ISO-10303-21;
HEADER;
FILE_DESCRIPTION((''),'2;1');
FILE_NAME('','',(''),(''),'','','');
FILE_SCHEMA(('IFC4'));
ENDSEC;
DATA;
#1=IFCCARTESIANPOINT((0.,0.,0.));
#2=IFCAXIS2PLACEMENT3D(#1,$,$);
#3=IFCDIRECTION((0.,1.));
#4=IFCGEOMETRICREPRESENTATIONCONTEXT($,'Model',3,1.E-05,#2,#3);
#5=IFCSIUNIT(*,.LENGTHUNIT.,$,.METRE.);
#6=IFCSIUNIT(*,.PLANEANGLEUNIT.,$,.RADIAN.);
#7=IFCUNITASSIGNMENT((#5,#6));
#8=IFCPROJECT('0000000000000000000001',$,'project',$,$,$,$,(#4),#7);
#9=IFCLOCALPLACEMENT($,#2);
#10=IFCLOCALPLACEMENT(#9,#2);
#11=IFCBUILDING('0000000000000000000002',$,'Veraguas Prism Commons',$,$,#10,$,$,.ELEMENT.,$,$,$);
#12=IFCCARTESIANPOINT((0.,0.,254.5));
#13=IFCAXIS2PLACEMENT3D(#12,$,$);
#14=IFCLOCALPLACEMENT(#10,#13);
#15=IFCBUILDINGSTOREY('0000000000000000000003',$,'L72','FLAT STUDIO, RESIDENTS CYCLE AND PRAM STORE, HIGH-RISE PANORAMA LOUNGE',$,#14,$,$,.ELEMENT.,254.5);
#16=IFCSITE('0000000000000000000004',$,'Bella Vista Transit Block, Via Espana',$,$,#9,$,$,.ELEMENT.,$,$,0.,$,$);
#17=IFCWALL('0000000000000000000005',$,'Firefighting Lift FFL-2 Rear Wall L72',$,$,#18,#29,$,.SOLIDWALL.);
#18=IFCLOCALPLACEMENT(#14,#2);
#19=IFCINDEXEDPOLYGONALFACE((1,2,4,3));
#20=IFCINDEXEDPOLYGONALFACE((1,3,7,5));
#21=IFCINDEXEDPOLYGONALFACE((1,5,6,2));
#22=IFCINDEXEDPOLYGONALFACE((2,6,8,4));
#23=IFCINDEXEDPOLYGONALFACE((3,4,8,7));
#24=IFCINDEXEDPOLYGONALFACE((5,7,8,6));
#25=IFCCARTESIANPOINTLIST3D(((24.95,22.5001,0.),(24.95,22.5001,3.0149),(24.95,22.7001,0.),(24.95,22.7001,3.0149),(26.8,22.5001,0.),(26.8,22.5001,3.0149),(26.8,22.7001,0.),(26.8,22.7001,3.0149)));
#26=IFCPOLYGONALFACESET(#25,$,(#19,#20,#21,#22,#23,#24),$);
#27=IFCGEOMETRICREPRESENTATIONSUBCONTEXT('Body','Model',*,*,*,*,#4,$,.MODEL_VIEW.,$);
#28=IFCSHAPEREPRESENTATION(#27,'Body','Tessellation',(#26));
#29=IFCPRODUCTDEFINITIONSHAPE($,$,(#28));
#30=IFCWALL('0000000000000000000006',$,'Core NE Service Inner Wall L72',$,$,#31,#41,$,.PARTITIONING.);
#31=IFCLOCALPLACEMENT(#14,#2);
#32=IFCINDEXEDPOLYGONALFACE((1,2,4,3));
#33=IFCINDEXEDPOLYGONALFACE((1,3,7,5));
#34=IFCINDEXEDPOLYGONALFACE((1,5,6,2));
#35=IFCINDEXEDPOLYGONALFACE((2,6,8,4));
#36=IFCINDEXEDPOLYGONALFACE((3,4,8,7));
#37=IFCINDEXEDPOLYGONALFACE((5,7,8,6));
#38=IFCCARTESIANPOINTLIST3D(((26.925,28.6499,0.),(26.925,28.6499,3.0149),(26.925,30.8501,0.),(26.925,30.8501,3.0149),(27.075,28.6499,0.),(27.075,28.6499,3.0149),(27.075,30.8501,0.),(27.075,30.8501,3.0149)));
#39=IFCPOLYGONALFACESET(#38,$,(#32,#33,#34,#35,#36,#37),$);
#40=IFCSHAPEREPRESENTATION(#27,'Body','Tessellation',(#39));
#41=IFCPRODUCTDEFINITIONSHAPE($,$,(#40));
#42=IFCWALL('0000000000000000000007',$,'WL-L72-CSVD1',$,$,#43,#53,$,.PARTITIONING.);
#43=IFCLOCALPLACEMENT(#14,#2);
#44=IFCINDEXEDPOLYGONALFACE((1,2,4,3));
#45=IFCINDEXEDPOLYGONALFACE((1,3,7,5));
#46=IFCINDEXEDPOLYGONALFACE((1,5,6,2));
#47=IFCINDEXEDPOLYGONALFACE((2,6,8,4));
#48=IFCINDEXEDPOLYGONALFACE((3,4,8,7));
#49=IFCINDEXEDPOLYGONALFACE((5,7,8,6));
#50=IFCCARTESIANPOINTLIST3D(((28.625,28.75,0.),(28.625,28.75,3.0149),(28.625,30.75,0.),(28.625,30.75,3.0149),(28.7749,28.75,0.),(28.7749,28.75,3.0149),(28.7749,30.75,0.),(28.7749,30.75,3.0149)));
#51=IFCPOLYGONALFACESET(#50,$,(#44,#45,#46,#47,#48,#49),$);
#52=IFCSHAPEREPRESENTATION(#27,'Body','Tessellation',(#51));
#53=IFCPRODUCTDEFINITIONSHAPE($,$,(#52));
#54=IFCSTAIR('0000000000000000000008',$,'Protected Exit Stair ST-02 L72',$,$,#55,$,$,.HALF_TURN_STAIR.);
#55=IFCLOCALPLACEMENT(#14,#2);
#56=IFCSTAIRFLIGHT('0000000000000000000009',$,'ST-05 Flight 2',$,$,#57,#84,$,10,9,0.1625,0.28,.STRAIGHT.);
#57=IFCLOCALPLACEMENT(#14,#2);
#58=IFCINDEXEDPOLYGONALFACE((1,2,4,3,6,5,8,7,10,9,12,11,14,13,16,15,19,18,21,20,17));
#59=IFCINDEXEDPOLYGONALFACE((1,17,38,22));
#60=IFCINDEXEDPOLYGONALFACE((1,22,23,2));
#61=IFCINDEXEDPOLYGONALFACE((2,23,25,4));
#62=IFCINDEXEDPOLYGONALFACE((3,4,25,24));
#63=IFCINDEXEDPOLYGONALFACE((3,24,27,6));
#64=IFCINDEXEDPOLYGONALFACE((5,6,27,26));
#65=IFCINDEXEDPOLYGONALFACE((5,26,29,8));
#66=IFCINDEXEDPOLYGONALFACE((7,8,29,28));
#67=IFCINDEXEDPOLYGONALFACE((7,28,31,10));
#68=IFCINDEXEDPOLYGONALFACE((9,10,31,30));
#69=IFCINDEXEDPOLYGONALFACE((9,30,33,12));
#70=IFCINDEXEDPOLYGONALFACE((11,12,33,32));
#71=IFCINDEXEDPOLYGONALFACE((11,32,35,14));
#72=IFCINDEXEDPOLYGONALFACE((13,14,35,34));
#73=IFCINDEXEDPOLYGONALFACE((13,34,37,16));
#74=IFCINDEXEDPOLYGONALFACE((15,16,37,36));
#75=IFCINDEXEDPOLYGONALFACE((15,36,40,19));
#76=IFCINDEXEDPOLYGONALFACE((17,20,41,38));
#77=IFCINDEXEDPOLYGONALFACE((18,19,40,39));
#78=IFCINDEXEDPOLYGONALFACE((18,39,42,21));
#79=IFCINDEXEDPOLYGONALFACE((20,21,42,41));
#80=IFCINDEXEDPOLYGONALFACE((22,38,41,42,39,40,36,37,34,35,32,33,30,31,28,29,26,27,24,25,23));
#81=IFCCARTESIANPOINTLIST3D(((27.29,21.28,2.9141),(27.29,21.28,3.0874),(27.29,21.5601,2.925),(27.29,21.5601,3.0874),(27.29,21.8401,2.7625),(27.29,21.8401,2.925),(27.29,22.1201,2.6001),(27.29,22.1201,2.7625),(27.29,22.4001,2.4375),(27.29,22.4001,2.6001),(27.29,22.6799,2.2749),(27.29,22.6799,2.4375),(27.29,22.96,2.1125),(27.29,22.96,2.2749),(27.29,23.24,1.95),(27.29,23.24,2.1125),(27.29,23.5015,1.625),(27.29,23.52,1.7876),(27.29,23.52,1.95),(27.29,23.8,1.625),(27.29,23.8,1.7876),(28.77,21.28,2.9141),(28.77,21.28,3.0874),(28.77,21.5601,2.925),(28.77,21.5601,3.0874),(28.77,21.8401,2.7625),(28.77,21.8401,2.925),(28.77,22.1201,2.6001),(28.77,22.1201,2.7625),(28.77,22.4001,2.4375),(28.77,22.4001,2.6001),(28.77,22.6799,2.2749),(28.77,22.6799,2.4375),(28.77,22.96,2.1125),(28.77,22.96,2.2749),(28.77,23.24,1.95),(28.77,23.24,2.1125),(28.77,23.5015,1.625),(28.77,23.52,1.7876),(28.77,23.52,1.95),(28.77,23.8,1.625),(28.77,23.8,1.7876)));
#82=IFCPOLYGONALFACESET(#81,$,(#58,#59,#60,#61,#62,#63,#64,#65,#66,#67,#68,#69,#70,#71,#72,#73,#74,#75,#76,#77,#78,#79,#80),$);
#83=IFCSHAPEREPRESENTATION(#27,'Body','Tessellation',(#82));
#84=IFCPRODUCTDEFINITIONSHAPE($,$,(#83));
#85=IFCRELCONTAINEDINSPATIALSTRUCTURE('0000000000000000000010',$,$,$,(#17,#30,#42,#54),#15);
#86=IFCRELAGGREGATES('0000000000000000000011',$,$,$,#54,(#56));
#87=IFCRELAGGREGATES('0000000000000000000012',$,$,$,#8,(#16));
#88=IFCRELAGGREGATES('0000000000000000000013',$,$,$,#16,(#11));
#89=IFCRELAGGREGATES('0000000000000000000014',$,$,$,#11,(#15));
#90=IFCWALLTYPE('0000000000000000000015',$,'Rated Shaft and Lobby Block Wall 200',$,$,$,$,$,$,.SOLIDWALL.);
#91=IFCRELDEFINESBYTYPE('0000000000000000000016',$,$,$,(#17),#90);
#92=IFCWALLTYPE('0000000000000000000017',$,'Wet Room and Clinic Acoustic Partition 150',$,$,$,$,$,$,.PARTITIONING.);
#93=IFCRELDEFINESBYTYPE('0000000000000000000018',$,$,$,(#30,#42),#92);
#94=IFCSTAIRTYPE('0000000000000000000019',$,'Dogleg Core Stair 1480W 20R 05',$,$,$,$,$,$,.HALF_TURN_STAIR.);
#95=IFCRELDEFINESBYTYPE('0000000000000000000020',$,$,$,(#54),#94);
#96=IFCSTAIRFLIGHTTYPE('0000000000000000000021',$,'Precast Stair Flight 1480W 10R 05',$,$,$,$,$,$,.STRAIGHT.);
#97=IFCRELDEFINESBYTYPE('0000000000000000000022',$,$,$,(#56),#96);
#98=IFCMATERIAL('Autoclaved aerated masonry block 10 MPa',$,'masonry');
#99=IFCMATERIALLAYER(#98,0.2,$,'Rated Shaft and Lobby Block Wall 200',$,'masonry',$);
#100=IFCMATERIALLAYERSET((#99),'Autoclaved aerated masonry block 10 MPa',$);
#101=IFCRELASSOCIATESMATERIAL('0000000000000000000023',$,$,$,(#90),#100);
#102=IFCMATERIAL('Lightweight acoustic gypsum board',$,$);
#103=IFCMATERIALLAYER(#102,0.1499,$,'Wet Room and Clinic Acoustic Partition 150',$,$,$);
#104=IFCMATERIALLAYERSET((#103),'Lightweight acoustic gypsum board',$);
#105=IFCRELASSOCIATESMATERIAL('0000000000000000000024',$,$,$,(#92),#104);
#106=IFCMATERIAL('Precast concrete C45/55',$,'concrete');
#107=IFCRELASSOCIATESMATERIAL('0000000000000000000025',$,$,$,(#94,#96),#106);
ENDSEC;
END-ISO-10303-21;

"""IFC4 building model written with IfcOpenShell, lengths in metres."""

from ifc_helpers import new_model, si_unit, direction, frame, frame_2d, origin, place, context, subcontext, project, spatial, polyline, rectangle, outline, extrude, material, layer, layer_set, type_object, element, aggregate, save


model = new_model("IFC4")

# Units and contexts
model_context = context("Model", 3, precision=1e-05, world=origin(), true_north=direction((0.0, 1.0)))
body_context = subcontext(model_context, "Body", "Model", "MODEL_VIEW")
ifc_project = project(units=[si_unit("LENGTHUNIT", "METRE"), si_unit("PLANEANGLEUNIT", "RADIAN")], contexts=[model_context])

# Site, building, storey
site_placement = place(None, origin())
site = spatial("IfcSite", under=ifc_project, at=site_placement, Name="Bella Vista Transit Block, Via Espana", CompositionType="ELEMENT", RefElevation=0.0)
building_placement = place(site_placement, origin())
building = spatial("IfcBuilding", under=site, at=building_placement, Name="Veraguas Prism Commons", CompositionType="ELEMENT")
storey_placement = place(building_placement, frame((0.0, 0.0, 254.5)))
storey = spatial("IfcBuildingStorey", under=building, at=storey_placement, Name="L72", Description="FLAT STUDIO, RESIDENTS CYCLE AND PRAM STORE, HIGH-RISE PANORAMA LOUNGE", CompositionType="ELEMENT", Elevation=254.5)

# Shared definitions
ifc_material_1 = material(Name="Autoclaved aerated masonry block 10 MPa", Category="masonry")

# Walls
ifc_material_2 = material(Name="Lightweight acoustic gypsum board")
ifc_layer_1 = layer(ifc_material_1, 0.2, Name="Rated Shaft and Lobby Block Wall 200", Category="masonry")
ifc_layer_set_1 = layer_set([ifc_layer_1], Name="Autoclaved aerated masonry block 10 MPa")
wall_type_1 = type_object("IfcWallType", Name="Rated Shaft and Lobby Block Wall 200", PredefinedType="SOLIDWALL", material=ifc_layer_set_1)
wall_1_placement = place(storey_placement, frame((24.95, 22.6001, 0.0), z_axis=(0.0, 0.0, 1.0), x_axis=(1.0, 0.0, 0.0)))
element("IfcWall", 1, at=wall_1_placement, inside=storey, type_object=wall_type_1, Name="Firefighting Lift FFL-2 Rear Wall L72", PredefinedType="SOLIDWALL", context=body_context, shape_type="SweptSolid", body=[
    extrude(rectangle(XDim=1.8501, YDim=0.2, at=frame_2d((0.925, 0.0))), origin(), (0.0, 0.0, 1.0), 3.0149),
])
ifc_layer_2 = layer(ifc_material_2, 0.1499, Name="Wet Room and Clinic Acoustic Partition 150")
ifc_layer_set_2 = layer_set([ifc_layer_2], Name="Lightweight acoustic gypsum board")
wall_type_2 = type_object("IfcWallType", Name="Wet Room and Clinic Acoustic Partition 150", PredefinedType="PARTITIONING", material=ifc_layer_set_2)
wall_2_placement = place(storey_placement, frame((27.0, 28.6499, 0.0), z_axis=(0.0, 0.0, 1.0), x_axis=(0.0, 1.0, 0.0)))
element("IfcWall", 2, at=wall_2_placement, inside=storey, type_object=wall_type_2, Name="Core NE Service Inner Wall L72", PredefinedType="PARTITIONING", context=body_context, shape_type="SweptSolid", body=[
    extrude(rectangle(XDim=2.2002, YDim=0.1499, at=frame_2d((1.1001, 0.0))), origin(), (0.0, 0.0, 1.0), 3.0149),
])
wall_3_placement = place(storey_placement, frame((28.7, 28.75, 0.0), z_axis=(0.0, 0.0, 1.0), x_axis=(0.0, 1.0, 0.0)))
element("IfcWall", 3, at=wall_3_placement, inside=storey, type_object=wall_type_2, Name="WL-L72-CSVD1", PredefinedType="PARTITIONING", context=body_context, shape_type="SweptSolid", body=[
    extrude(rectangle(XDim=2.0, YDim=0.1499, at=frame_2d((1.0, 0.0))), origin(), (0.0, 0.0, 1.0), 3.0149),
])

# Stair, stair flight
ifc_material_3 = material(Name="Precast concrete C45/55", Category="concrete")
stair_type = type_object("IfcStairType", Name="Dogleg Core Stair 1480W 20R 05", PredefinedType="HALF_TURN_STAIR", material=ifc_material_3)
stair_placement = place(storey_placement, origin())
stair = element("IfcStair", 4, at=stair_placement, inside=storey, type_object=stair_type, Name="Protected Exit Stair ST-02 L72", PredefinedType="HALF_TURN_STAIR")
stair_flight_type = type_object("IfcStairFlightType", Name="Precast Stair Flight 1480W 10R 05", PredefinedType="STRAIGHT", material=ifc_material_3)
stair_flight_placement = place(storey_placement, frame((28.03, 23.8, 1.625), z_axis=(0.0, 0.0, 1.0), x_axis=(0.0, -1.0, 0.0)))
stair_flight = element("IfcStairFlight", 5, at=stair_flight_placement, type_object=stair_flight_type, Name="ST-05 Flight 2", NumberOfRisers=10, NumberOfTreads=9, PredefinedType="STRAIGHT", RiserHeight=0.1625, TreadLength=0.28, context=body_context, shape_type="SweptSolid", body=[
    extrude(outline(polyline([(0.0, 0.0), (0.0, 0.1626), (0.28, 0.1626), (0.28, 0.325), (0.5601, 0.325), (0.5601, 0.4875), (0.8401, 0.4875), (0.8401, 0.6499), (1.1201, 0.6499), (1.1201, 0.8125), (1.3999, 0.8125), (1.3999, 0.9751), (1.6799, 0.9751), (1.6799, 1.1375), (1.96, 1.1375), (1.96, 1.3), (2.24, 1.3), (2.24, 1.4624), (2.52, 1.4624), (2.52, 1.625), (2.52, 1.2891), (0.2986, 0.0), (0.0, 0.0)])), frame((0.0, 0.74, 0.0), z_axis=(0.0, -1.0, 0.0), x_axis=(1.0, 0.0, 0.0)), (0.0, 0.0, 1.0), 1.48),
])
aggregate(stair, [stair_flight])

save(model, "model.ifc")
